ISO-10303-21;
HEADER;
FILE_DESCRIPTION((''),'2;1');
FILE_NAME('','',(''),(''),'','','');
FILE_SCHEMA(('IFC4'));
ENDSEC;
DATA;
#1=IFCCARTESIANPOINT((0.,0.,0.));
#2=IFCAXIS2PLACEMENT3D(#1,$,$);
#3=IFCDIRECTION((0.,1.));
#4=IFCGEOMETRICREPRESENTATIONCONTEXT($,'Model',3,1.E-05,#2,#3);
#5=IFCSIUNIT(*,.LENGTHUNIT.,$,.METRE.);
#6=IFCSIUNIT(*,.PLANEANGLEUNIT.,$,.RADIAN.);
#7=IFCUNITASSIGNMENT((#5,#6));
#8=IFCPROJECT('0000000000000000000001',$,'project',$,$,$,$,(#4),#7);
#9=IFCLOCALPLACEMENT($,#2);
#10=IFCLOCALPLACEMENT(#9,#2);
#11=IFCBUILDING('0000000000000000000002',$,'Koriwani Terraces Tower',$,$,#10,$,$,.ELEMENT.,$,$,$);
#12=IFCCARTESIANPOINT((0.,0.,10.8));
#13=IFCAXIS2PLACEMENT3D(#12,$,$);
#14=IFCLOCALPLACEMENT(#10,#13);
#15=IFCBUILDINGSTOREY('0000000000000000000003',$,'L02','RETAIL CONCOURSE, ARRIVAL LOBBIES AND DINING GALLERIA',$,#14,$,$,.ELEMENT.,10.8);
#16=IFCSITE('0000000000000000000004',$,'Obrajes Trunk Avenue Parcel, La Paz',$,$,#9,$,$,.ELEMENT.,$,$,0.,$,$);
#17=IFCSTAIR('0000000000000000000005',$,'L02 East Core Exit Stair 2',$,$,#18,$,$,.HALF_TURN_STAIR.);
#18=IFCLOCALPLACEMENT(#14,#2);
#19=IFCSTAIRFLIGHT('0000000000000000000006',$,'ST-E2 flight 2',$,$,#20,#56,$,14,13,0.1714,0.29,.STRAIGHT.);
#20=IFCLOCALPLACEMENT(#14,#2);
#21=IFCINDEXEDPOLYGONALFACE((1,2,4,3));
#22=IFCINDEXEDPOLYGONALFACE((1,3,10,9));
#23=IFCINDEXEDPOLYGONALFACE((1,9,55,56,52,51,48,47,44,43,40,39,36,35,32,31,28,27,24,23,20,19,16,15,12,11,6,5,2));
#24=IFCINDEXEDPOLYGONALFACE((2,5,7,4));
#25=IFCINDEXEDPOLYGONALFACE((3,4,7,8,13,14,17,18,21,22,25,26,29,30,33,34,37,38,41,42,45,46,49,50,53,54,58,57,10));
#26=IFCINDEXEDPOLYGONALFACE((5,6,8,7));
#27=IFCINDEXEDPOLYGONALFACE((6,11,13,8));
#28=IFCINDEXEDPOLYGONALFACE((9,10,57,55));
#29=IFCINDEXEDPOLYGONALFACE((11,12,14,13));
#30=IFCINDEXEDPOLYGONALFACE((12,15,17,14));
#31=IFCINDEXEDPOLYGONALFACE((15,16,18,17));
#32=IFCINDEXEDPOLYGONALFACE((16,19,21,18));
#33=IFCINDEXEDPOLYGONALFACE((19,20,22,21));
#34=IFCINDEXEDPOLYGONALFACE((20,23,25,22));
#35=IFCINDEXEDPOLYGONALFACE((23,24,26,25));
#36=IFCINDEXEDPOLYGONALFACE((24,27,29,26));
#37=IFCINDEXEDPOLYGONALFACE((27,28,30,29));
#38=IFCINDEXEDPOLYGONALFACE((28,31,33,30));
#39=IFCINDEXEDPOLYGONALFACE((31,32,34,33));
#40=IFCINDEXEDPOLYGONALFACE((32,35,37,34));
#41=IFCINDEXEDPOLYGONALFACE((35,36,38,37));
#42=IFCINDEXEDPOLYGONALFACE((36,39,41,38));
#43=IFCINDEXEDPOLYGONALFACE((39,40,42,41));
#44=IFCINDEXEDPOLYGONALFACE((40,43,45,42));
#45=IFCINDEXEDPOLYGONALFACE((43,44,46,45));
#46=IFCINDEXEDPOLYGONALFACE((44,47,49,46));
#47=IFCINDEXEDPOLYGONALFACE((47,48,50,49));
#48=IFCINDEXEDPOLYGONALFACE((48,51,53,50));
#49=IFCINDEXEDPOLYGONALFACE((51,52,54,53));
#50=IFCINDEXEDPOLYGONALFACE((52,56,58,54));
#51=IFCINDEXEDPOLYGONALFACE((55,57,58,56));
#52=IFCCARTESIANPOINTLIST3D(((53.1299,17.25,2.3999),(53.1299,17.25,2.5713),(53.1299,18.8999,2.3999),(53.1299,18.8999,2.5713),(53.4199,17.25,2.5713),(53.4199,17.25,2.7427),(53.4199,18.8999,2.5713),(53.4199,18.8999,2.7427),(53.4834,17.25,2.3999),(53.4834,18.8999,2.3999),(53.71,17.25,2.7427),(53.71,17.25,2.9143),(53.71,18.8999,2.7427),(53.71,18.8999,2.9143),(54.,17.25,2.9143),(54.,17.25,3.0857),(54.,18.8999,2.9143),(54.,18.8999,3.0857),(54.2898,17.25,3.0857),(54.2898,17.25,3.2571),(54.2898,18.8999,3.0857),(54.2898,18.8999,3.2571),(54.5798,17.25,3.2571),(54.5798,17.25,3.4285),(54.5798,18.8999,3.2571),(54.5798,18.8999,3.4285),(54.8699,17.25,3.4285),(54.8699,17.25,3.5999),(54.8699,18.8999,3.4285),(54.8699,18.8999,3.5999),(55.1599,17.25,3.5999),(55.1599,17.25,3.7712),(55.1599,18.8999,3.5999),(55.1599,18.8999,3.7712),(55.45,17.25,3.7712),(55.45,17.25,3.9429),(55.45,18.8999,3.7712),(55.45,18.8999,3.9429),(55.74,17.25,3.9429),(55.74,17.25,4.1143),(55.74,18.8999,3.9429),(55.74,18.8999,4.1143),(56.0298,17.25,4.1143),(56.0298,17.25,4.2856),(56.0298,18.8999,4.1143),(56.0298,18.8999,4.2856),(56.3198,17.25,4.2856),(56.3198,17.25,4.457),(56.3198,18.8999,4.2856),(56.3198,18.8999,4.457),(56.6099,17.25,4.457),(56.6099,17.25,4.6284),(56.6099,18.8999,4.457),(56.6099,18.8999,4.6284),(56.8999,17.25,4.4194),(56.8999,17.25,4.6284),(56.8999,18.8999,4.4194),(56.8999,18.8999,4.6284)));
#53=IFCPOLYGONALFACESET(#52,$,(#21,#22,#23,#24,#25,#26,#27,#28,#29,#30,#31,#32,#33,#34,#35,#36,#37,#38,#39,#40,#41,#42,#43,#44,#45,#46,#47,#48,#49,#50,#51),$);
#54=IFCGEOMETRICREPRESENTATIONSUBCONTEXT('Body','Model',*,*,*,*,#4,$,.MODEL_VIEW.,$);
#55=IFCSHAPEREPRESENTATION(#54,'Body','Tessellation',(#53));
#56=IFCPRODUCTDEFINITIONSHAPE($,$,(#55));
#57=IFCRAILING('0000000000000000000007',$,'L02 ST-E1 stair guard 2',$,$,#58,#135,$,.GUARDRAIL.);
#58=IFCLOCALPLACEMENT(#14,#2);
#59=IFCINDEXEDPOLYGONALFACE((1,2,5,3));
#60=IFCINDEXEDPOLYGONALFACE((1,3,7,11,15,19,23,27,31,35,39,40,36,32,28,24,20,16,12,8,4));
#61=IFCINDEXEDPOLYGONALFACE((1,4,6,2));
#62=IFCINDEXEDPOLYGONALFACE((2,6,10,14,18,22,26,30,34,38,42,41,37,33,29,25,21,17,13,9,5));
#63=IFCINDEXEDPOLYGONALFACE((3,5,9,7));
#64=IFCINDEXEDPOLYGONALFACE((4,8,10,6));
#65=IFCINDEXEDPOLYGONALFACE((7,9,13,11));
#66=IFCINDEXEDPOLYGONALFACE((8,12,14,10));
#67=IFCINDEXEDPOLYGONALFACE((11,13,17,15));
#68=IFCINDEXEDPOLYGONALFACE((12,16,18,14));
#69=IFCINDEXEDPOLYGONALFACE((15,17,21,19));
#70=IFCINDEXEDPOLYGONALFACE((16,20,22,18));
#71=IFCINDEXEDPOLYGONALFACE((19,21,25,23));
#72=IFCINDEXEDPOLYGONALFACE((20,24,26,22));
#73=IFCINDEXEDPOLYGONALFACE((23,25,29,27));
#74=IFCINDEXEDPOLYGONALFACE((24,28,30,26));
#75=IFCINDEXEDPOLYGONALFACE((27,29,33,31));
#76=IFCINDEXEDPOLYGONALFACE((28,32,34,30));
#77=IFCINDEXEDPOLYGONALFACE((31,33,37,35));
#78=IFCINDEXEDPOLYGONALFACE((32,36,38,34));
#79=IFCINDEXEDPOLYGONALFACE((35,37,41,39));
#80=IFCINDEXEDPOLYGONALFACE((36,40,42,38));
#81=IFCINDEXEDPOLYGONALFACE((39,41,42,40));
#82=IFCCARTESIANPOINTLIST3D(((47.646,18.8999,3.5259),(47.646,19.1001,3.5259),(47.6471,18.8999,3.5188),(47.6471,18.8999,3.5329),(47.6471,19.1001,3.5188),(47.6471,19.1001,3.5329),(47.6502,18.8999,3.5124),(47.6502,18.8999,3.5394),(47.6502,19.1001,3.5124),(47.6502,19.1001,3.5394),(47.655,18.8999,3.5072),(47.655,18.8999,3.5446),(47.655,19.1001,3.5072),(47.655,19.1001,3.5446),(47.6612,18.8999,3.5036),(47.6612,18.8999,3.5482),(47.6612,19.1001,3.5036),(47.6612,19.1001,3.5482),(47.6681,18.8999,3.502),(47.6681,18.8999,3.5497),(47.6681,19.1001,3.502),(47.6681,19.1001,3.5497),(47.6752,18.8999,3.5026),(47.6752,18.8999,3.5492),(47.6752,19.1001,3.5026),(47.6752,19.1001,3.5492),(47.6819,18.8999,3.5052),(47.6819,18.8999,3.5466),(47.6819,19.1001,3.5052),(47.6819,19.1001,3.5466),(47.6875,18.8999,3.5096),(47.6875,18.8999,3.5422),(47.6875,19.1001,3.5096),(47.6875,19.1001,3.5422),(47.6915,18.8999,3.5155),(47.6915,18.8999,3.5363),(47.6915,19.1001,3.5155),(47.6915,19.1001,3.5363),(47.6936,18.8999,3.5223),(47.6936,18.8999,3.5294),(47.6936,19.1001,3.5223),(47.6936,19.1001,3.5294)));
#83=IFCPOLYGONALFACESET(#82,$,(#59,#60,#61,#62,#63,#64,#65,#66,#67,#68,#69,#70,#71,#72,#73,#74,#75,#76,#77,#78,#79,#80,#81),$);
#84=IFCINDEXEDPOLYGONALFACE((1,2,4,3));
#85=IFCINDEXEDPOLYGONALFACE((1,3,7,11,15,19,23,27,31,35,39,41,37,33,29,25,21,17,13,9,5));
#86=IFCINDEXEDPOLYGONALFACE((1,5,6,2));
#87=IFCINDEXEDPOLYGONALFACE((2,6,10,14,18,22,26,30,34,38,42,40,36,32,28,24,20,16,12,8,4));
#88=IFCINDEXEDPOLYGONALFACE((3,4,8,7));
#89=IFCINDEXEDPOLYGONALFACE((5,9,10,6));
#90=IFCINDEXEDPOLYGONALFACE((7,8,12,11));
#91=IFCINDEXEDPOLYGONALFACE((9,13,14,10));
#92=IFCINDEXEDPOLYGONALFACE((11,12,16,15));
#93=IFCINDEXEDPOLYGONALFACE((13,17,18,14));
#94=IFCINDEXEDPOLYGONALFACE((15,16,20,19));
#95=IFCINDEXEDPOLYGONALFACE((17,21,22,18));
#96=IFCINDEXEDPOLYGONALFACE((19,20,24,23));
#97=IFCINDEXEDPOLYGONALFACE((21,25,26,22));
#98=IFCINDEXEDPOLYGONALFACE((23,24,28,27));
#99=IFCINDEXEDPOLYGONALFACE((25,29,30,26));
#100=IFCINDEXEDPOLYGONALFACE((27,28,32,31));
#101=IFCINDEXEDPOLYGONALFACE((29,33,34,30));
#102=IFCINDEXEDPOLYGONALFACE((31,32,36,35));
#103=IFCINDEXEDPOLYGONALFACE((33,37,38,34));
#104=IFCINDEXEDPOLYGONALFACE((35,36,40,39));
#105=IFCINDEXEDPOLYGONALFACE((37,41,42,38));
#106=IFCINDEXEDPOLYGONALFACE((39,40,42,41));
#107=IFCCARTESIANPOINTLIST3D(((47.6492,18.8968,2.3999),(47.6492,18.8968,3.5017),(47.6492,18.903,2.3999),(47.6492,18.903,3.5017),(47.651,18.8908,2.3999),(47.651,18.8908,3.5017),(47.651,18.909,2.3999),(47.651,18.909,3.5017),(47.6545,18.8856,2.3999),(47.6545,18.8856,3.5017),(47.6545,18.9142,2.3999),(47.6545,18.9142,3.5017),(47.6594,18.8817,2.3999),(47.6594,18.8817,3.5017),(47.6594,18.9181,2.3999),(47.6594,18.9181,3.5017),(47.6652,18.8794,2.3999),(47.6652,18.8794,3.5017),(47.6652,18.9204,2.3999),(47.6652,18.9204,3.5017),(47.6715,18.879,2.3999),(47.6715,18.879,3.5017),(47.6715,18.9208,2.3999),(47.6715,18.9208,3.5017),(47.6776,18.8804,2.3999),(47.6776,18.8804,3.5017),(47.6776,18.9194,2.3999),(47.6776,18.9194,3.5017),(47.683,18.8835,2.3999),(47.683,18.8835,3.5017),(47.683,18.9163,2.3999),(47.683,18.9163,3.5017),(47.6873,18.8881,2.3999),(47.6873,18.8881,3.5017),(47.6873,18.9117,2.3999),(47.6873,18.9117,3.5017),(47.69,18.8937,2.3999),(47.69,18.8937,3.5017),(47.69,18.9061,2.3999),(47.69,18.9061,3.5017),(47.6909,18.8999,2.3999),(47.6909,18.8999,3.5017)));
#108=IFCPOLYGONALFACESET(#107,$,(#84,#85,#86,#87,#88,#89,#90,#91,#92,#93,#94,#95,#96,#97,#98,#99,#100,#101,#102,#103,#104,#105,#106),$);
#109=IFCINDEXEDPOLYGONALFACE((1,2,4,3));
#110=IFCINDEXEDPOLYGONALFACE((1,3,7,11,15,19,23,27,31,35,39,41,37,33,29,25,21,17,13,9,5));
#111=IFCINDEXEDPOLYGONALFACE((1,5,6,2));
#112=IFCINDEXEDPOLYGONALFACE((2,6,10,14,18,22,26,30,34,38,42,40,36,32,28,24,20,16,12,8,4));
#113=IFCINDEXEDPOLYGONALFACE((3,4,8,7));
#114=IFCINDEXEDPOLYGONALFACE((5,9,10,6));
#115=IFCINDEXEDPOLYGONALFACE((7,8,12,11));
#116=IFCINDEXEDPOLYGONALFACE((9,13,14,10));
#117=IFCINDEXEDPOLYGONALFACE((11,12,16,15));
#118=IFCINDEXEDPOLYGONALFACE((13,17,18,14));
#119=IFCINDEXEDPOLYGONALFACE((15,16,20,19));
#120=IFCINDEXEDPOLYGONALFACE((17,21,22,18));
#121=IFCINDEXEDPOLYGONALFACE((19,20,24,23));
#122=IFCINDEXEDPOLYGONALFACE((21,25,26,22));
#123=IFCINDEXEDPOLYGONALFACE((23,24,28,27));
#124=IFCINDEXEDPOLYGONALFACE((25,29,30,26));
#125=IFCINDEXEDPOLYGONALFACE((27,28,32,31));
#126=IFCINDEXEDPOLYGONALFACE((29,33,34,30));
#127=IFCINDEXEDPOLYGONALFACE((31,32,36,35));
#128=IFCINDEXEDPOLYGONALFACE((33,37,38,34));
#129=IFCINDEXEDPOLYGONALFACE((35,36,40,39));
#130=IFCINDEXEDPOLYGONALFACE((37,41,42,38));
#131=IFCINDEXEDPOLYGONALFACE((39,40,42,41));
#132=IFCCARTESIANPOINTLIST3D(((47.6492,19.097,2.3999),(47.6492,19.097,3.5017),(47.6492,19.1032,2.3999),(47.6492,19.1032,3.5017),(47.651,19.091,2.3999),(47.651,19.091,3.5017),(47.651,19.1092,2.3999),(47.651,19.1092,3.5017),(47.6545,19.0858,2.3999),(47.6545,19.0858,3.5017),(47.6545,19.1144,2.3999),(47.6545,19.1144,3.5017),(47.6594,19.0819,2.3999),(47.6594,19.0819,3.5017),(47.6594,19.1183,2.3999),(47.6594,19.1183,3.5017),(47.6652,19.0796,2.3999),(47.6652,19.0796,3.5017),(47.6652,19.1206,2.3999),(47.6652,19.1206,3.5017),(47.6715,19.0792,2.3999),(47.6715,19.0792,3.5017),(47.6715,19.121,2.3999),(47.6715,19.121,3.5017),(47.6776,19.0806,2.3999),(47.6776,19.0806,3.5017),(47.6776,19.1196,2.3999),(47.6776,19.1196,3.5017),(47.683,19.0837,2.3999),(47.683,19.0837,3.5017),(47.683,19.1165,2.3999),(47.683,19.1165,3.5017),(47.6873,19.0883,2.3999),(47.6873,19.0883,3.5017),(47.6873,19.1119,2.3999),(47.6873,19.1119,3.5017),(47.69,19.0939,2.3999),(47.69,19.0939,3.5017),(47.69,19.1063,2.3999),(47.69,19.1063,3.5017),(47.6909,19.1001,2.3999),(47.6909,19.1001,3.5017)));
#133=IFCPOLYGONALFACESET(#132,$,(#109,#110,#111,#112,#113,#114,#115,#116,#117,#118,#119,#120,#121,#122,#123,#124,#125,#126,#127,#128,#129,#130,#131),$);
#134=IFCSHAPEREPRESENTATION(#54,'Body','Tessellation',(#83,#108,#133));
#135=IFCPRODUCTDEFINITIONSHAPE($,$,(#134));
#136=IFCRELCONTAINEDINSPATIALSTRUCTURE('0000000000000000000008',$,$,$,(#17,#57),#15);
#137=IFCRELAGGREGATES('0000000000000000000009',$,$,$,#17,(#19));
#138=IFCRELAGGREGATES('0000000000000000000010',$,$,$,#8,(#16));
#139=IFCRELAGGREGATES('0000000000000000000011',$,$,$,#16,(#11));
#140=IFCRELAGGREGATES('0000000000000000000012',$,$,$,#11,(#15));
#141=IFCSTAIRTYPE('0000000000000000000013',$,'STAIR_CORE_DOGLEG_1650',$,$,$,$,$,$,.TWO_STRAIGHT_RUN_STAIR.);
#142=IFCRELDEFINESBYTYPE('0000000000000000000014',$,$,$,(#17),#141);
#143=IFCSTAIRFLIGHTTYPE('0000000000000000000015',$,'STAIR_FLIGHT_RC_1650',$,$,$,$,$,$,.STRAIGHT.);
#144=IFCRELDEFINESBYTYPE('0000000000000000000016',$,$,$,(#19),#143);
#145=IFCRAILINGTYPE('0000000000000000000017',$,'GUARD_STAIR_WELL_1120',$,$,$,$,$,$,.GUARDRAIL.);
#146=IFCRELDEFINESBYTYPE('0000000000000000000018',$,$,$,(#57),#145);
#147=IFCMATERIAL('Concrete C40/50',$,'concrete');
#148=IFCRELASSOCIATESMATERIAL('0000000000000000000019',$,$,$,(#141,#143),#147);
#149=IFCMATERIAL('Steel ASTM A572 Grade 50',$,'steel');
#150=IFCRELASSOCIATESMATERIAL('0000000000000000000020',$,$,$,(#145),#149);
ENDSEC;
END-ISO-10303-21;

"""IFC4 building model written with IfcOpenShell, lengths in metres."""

from ifc_helpers import new_model, si_unit, direction, frame, origin, origin_2d, place, context, subcontext, project, spatial, polyline, circle, outline, extrude, material, type_object, element, aggregate, save


model = new_model("IFC4")

# Units and contexts
model_context = context("Model", 3, precision=1e-05, world=origin(), true_north=direction((0.0, 1.0)))
body_context = subcontext(model_context, "Body", "Model", "MODEL_VIEW")
ifc_project = project(units=[si_unit("LENGTHUNIT", "METRE"), si_unit("PLANEANGLEUNIT", "RADIAN")], contexts=[model_context])

# Site, building, storey
site_placement = place(None, origin())
site = spatial("IfcSite", under=ifc_project, at=site_placement, Name="Obrajes Trunk Avenue Parcel, La Paz", CompositionType="ELEMENT", RefElevation=0.0)
building_placement = place(site_placement, origin())
building = spatial("IfcBuilding", under=site, at=building_placement, Name="Koriwani Terraces Tower", CompositionType="ELEMENT")
storey_placement = place(building_placement, frame((0.0, 0.0, 10.8)))
storey = spatial("IfcBuildingStorey", under=building, at=storey_placement, Name="L02", Description="RETAIL CONCOURSE, ARRIVAL LOBBIES AND DINING GALLERIA", CompositionType="ELEMENT", Elevation=10.8)

# Shared definitions
ifc_material_1 = material(Name="Concrete C40/50", Category="concrete")
ifc_material_2 = material(Name="Steel ASTM A572 Grade 50", Category="steel")

# Stair, stair flight
stair_type = type_object("IfcStairType", Name="STAIR_CORE_DOGLEG_1650", PredefinedType="TWO_STRAIGHT_RUN_STAIR", material=ifc_material_1)
stair_placement = place(storey_placement, origin())
stair = element("IfcStair", 1, at=stair_placement, inside=storey, type_object=stair_type, Name="L02 East Core Exit Stair 2", PredefinedType="HALF_TURN_STAIR")
stair_flight_type = type_object("IfcStairFlightType", Name="STAIR_FLIGHT_RC_1650", PredefinedType="STRAIGHT", material=ifc_material_1)
stair_flight_1_placement = place(storey_placement, frame((53.1299, 18.075, 2.3999), z_axis=(0.0, 0.0, 1.0), x_axis=(1.0, 0.0, 0.0)))
stair_flight_1 = element("IfcStairFlight", 2, at=stair_flight_1_placement, type_object=stair_flight_type, Name="ST-E2 flight 2", NumberOfRisers=14, NumberOfTreads=13, PredefinedType="STRAIGHT", RiserHeight=0.1714, TreadLength=0.29, context=body_context, shape_type="SweptSolid", body=[
    extrude(outline(polyline([(0.0, 0.0), (0.0, 0.1714), (0.29, 0.1714), (0.29, 0.3428), (0.5801, 0.3428), (0.5801, 0.5144), (0.8701, 0.5144), (0.8701, 0.6858), (1.1599, 0.6858), (1.1599, 0.8572), (1.45, 0.8572), (1.45, 1.0286), (1.74, 1.0286), (1.74, 1.2), (2.03, 1.2), (2.03, 1.3713), (2.3201, 1.3713), (2.3201, 1.543), (2.6101, 1.543), (2.6101, 1.7144), (2.8999, 1.7144), (2.8999, 1.8857), (3.1899, 1.8857), (3.1899, 2.0571), (3.48, 2.0571), (3.48, 2.2285), (3.77, 2.2285), (3.77, 2.3999), (3.77, 2.0195), (0.3535, 0.0), (0.0, 0.0)])), frame((0.0, 0.825, 0.0), z_axis=(0.0, -1.0, 0.0), x_axis=(1.0, 0.0, 0.0)), (0.0, 0.0, 1.0), 1.6499),
])
aggregate(stair, [stair_flight_1])

# Railing
railing_type_1 = type_object("IfcRailingType", Name="GUARD_STAIR_WELL_1120", PredefinedType="GUARDRAIL", material=ifc_material_2)
railing_1_placement = place(storey_placement, frame((47.6699, 18.8999, 2.3999)))
element("IfcRailing", 3, at=railing_1_placement, inside=storey, type_object=railing_type_1, Name="L02 ST-E1 stair guard 2", PredefinedType="GUARDRAIL", context=body_context, shape_type="SweptSolid", body=[
    extrude(circle(Radius=0.0239, at=origin_2d()), frame((0.0, 0.0, 1.126), z_axis=(0.0, 1.0, 0.0), x_axis=(-1.0, 0.0, 0.0)), (0.0, 0.0, 1.0), 0.2002),
    extrude(circle(Radius=0.021, at=origin_2d()), origin(), (0.0, 0.0, 1.0), 1.1018),
    extrude(circle(Radius=0.021, at=origin_2d()), frame((0.0, 0.2002, 0.0)), (0.0, 0.0, 1.0), 1.1018),
])

save(model, "model.ifc")
